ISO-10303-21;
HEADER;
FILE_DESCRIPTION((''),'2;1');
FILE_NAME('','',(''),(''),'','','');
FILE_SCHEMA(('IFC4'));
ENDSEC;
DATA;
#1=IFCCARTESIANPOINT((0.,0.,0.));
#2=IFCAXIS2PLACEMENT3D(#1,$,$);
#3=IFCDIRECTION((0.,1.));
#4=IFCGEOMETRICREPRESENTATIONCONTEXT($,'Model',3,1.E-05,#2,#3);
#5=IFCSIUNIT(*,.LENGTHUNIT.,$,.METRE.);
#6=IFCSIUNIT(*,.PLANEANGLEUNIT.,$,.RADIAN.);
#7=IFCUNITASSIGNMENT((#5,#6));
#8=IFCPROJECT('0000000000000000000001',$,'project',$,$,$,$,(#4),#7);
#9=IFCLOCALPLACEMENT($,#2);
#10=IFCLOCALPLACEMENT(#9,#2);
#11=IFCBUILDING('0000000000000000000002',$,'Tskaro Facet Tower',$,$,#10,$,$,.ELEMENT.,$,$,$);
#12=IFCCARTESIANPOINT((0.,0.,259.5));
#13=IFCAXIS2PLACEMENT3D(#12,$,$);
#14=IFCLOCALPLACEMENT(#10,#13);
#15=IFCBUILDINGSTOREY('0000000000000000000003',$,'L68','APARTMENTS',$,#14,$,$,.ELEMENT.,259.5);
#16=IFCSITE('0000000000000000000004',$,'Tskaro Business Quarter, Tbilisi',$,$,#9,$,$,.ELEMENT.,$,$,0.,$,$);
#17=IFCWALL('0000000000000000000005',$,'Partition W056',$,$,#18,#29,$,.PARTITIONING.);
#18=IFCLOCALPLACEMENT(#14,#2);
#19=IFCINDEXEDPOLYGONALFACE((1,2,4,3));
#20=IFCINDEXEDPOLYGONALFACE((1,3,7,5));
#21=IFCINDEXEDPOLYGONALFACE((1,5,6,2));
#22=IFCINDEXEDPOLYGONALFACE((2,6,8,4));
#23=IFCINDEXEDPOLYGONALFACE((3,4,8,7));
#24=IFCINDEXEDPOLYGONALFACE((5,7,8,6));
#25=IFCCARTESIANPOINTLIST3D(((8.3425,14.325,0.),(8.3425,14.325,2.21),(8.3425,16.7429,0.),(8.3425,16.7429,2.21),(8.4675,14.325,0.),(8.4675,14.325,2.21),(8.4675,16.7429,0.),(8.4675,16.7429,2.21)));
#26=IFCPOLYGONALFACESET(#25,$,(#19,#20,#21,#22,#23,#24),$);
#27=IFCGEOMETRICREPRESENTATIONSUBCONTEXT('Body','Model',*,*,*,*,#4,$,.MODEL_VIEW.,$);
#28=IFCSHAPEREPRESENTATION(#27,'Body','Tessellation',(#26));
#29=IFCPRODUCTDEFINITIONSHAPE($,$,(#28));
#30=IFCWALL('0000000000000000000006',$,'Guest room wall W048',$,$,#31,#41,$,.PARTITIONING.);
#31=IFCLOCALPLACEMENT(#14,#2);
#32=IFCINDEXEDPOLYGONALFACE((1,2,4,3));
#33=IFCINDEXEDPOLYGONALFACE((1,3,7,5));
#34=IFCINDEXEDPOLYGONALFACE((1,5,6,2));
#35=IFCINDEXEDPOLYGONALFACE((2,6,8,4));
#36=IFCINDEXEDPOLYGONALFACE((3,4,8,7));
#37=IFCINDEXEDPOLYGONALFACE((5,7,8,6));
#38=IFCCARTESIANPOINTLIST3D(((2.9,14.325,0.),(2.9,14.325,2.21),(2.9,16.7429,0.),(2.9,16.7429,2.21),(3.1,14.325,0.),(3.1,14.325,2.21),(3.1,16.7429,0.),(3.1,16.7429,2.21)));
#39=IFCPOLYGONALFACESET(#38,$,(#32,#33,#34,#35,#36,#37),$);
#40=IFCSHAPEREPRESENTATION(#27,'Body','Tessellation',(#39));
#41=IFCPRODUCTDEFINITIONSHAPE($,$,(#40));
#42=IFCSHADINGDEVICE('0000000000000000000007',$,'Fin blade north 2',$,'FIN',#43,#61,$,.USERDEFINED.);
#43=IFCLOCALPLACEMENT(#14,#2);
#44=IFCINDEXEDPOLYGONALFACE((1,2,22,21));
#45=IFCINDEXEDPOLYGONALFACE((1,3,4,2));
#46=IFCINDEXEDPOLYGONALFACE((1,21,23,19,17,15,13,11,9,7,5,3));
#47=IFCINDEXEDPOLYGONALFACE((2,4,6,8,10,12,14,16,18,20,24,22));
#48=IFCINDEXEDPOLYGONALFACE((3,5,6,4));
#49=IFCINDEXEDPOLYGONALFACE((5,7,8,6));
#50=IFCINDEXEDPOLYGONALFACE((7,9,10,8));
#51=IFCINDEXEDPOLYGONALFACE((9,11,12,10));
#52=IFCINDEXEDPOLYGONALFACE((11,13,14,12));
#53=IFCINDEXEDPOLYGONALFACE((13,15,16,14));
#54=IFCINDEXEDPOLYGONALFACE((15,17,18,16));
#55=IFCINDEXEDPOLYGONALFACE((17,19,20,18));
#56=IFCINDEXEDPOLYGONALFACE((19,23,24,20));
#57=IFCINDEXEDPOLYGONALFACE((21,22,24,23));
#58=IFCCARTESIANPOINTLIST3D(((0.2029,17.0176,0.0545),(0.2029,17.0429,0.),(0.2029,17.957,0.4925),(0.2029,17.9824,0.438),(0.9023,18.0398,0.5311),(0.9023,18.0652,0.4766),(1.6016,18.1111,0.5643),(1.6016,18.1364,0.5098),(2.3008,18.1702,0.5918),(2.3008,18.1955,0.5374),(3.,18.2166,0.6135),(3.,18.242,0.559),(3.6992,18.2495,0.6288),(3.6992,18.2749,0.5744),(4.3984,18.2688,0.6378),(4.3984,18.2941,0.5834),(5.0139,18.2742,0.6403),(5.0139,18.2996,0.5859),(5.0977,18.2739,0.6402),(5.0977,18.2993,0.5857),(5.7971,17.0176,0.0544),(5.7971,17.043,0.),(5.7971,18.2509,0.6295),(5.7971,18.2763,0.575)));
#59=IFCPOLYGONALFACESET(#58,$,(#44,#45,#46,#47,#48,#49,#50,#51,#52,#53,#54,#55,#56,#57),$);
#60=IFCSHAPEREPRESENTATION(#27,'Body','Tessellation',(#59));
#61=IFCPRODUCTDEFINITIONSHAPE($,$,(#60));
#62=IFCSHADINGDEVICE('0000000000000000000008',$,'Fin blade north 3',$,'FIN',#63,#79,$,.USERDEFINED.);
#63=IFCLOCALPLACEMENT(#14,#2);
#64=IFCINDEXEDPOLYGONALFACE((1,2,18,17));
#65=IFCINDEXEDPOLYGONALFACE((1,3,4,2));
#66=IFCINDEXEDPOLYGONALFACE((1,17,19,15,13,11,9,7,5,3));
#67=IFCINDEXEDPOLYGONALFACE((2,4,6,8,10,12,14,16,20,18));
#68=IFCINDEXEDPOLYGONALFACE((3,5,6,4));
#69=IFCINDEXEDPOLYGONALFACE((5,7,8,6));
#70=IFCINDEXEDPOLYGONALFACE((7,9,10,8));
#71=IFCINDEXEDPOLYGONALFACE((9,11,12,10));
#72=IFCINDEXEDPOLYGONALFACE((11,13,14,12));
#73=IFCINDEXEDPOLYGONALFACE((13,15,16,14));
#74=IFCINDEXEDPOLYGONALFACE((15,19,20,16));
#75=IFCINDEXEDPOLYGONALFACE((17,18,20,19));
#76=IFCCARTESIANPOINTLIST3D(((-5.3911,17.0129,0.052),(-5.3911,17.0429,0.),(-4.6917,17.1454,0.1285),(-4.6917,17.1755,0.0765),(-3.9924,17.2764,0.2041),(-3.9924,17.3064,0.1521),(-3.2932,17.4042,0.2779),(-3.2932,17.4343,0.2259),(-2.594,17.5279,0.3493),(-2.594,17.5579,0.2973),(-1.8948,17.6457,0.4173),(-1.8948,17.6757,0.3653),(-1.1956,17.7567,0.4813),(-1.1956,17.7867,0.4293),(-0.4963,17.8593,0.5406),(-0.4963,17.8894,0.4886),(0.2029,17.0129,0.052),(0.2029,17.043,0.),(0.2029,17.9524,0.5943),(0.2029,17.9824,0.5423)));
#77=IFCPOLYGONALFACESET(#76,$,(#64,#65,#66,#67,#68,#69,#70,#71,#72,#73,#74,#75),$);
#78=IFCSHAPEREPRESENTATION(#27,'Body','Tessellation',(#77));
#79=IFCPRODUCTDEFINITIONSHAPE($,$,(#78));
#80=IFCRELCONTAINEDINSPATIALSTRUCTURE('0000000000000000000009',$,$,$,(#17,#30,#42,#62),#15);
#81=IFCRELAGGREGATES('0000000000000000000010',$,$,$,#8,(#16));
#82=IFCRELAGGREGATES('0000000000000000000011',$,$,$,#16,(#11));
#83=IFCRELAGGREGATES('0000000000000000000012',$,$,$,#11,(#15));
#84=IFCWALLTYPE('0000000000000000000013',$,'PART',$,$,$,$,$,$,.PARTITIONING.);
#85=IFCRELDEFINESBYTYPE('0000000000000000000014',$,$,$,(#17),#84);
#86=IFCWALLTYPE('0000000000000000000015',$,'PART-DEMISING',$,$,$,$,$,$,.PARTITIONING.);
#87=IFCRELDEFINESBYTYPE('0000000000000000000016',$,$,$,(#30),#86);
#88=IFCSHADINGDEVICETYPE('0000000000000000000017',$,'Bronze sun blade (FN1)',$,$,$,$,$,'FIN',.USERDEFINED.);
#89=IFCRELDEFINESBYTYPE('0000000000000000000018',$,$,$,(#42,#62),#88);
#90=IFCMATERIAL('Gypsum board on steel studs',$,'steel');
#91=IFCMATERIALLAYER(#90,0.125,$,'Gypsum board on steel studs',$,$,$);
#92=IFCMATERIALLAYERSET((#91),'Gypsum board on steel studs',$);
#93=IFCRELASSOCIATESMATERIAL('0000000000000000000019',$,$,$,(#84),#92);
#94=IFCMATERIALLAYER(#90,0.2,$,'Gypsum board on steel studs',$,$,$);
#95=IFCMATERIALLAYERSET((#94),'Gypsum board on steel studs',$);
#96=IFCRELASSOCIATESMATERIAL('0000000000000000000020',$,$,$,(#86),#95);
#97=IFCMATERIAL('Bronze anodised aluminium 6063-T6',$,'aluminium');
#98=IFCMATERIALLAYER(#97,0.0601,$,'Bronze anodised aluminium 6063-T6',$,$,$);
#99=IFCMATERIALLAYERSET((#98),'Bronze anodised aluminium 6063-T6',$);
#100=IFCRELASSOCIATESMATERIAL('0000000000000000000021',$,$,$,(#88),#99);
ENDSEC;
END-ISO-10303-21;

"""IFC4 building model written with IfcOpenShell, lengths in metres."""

from ifc_helpers import new_model, si_unit, direction, frame, frame_2d, origin, place, context, subcontext, project, spatial, polyline, rectangle, outline, extrude, material, layer, layer_set, type_object, element, save


model = new_model("IFC4")

# Units and contexts
model_context = context("Model", 3, precision=1e-05, world=origin(), true_north=direction((0.0, 1.0)))
body_context = subcontext(model_context, "Body", "Model", "MODEL_VIEW")
ifc_project = project(units=[si_unit("LENGTHUNIT", "METRE"), si_unit("PLANEANGLEUNIT", "RADIAN")], contexts=[model_context])

# Site, building, storey
site_placement = place(None, origin())
site = spatial("IfcSite", under=ifc_project, at=site_placement, Name="Tskaro Business Quarter, Tbilisi", CompositionType="ELEMENT", RefElevation=0.0)
building_placement = place(site_placement, origin())
building = spatial("IfcBuilding", under=site, at=building_placement, Name="Tskaro Facet Tower", CompositionType="ELEMENT")
storey_placement = place(building_placement, frame((0.0, 0.0, 259.5)))
storey = spatial("IfcBuildingStorey", under=building, at=storey_placement, Name="L68", Description="APARTMENTS", CompositionType="ELEMENT", Elevation=259.5)

# Shared definitions
ifc_material_1 = material(Name="Bronze anodised aluminium 6063-T6", Category="aluminium")

# Walls
ifc_material_2 = material(Name="Gypsum board on steel studs", Category="steel")
ifc_layer_1 = layer(ifc_material_2, 0.125, Name="Gypsum board on steel studs")
ifc_layer_set_1 = layer_set([ifc_layer_1], Name="Gypsum board on steel studs")
wall_type_1 = type_object("IfcWallType", Name="PART", PredefinedType="PARTITIONING", material=ifc_layer_set_1)
wall_1_placement = place(storey_placement, frame((8.405, 14.325, 0.0), z_axis=(0.0, 0.0, 1.0), x_axis=(0.0, 1.0, 0.0)))
element("IfcWall", 1, at=wall_1_placement, inside=storey, type_object=wall_type_1, Name="Partition W056", PredefinedType="PARTITIONING", context=body_context, shape_type="SweptSolid", body=[
    extrude(rectangle(XDim=2.418, YDim=0.125, at=frame_2d((1.209, 0.0))), origin(), (0.0, 0.0, 1.0), 2.21),
])
ifc_layer_2 = layer(ifc_material_2, 0.2, Name="Gypsum board on steel studs")
ifc_layer_set_2 = layer_set([ifc_layer_2], Name="Gypsum board on steel studs")
wall_type_2 = type_object("IfcWallType", Name="PART-DEMISING", PredefinedType="PARTITIONING", material=ifc_layer_set_2)
wall_2_placement = place(storey_placement, frame((3.0, 14.325, 0.0), z_axis=(0.0, 0.0, 1.0), x_axis=(0.0, 1.0, 0.0)))
element("IfcWall", 2, at=wall_2_placement, inside=storey, type_object=wall_type_2, Name="Guest room wall W048", PredefinedType="PARTITIONING", context=body_context, shape_type="SweptSolid", body=[
    extrude(rectangle(XDim=2.418, YDim=0.2, at=frame_2d((1.209, 0.0))), origin(), (0.0, 0.0, 1.0), 2.21),
])

# Shading devices
ifc_layer_3 = layer(ifc_material_1, 0.0601, Name="Bronze anodised aluminium 6063-T6")
ifc_layer_set_3 = layer_set([ifc_layer_3], Name="Bronze anodised aluminium 6063-T6")
shading_device_type = type_object("IfcShadingDeviceType", Name="Bronze sun blade (FN1)", ElementType="FIN", PredefinedType="USERDEFINED", material=ifc_layer_set_3)
shading_device_1_placement = place(storey_placement, frame((5.7971, 17.0176, 0.0544), z_axis=(0.000007, -0.422555, 0.906337), x_axis=(-1.0, -0.000003, 0.000007)))
element("IfcShadingDevice", 3, at=shading_device_1_placement, inside=storey, type_object=shading_device_type, Name="Fin blade north 2", ObjectType="FIN", PredefinedType="USERDEFINED", context=body_context, shape_type="SweptSolid", body=[
    extrude(outline(polyline([(0.0, 0.0), (5.5942, 0.0), (5.5942, -1.0365), (4.8948, -1.1278), (4.1956, -1.2065), (3.4963, -1.2717), (2.7971, -1.3229), (2.0979, -1.3593), (1.3987, -1.3805), (0.7832, -1.3865), (0.6995, -1.3862), (0.0, -1.3608), (0.0, 0.0)])), origin(), (0.0, 0.0, -1.0), 0.0601),
])
shading_device_2_placement = place(storey_placement, frame((0.2029, 17.0129, 0.052), z_axis=(0.000009, -0.499933, 0.866064), x_axis=(-1.0, -0.000004, 0.000007)))
element("IfcShadingDevice", 4, at=shading_device_2_placement, inside=storey, type_object=shading_device_type, Name="Fin blade north 3", ObjectType="FIN", PredefinedType="USERDEFINED", context=body_context, shape_type="SweptSolid", body=[
    extrude(outline(polyline([(0.0, 0.0), (5.594, 0.0), (4.8945, -0.153), (4.1953, -0.3042), (3.4961, -0.4518), (2.7969, -0.5946), (2.0977, -0.7306), (1.3984, -0.8587), (0.6992, -0.9773), (0.0, -1.0847), (0.0, 0.0)])), origin(), (0.0, 0.0, -1.0), 0.0601),
])

save(model, "model.ifc")
